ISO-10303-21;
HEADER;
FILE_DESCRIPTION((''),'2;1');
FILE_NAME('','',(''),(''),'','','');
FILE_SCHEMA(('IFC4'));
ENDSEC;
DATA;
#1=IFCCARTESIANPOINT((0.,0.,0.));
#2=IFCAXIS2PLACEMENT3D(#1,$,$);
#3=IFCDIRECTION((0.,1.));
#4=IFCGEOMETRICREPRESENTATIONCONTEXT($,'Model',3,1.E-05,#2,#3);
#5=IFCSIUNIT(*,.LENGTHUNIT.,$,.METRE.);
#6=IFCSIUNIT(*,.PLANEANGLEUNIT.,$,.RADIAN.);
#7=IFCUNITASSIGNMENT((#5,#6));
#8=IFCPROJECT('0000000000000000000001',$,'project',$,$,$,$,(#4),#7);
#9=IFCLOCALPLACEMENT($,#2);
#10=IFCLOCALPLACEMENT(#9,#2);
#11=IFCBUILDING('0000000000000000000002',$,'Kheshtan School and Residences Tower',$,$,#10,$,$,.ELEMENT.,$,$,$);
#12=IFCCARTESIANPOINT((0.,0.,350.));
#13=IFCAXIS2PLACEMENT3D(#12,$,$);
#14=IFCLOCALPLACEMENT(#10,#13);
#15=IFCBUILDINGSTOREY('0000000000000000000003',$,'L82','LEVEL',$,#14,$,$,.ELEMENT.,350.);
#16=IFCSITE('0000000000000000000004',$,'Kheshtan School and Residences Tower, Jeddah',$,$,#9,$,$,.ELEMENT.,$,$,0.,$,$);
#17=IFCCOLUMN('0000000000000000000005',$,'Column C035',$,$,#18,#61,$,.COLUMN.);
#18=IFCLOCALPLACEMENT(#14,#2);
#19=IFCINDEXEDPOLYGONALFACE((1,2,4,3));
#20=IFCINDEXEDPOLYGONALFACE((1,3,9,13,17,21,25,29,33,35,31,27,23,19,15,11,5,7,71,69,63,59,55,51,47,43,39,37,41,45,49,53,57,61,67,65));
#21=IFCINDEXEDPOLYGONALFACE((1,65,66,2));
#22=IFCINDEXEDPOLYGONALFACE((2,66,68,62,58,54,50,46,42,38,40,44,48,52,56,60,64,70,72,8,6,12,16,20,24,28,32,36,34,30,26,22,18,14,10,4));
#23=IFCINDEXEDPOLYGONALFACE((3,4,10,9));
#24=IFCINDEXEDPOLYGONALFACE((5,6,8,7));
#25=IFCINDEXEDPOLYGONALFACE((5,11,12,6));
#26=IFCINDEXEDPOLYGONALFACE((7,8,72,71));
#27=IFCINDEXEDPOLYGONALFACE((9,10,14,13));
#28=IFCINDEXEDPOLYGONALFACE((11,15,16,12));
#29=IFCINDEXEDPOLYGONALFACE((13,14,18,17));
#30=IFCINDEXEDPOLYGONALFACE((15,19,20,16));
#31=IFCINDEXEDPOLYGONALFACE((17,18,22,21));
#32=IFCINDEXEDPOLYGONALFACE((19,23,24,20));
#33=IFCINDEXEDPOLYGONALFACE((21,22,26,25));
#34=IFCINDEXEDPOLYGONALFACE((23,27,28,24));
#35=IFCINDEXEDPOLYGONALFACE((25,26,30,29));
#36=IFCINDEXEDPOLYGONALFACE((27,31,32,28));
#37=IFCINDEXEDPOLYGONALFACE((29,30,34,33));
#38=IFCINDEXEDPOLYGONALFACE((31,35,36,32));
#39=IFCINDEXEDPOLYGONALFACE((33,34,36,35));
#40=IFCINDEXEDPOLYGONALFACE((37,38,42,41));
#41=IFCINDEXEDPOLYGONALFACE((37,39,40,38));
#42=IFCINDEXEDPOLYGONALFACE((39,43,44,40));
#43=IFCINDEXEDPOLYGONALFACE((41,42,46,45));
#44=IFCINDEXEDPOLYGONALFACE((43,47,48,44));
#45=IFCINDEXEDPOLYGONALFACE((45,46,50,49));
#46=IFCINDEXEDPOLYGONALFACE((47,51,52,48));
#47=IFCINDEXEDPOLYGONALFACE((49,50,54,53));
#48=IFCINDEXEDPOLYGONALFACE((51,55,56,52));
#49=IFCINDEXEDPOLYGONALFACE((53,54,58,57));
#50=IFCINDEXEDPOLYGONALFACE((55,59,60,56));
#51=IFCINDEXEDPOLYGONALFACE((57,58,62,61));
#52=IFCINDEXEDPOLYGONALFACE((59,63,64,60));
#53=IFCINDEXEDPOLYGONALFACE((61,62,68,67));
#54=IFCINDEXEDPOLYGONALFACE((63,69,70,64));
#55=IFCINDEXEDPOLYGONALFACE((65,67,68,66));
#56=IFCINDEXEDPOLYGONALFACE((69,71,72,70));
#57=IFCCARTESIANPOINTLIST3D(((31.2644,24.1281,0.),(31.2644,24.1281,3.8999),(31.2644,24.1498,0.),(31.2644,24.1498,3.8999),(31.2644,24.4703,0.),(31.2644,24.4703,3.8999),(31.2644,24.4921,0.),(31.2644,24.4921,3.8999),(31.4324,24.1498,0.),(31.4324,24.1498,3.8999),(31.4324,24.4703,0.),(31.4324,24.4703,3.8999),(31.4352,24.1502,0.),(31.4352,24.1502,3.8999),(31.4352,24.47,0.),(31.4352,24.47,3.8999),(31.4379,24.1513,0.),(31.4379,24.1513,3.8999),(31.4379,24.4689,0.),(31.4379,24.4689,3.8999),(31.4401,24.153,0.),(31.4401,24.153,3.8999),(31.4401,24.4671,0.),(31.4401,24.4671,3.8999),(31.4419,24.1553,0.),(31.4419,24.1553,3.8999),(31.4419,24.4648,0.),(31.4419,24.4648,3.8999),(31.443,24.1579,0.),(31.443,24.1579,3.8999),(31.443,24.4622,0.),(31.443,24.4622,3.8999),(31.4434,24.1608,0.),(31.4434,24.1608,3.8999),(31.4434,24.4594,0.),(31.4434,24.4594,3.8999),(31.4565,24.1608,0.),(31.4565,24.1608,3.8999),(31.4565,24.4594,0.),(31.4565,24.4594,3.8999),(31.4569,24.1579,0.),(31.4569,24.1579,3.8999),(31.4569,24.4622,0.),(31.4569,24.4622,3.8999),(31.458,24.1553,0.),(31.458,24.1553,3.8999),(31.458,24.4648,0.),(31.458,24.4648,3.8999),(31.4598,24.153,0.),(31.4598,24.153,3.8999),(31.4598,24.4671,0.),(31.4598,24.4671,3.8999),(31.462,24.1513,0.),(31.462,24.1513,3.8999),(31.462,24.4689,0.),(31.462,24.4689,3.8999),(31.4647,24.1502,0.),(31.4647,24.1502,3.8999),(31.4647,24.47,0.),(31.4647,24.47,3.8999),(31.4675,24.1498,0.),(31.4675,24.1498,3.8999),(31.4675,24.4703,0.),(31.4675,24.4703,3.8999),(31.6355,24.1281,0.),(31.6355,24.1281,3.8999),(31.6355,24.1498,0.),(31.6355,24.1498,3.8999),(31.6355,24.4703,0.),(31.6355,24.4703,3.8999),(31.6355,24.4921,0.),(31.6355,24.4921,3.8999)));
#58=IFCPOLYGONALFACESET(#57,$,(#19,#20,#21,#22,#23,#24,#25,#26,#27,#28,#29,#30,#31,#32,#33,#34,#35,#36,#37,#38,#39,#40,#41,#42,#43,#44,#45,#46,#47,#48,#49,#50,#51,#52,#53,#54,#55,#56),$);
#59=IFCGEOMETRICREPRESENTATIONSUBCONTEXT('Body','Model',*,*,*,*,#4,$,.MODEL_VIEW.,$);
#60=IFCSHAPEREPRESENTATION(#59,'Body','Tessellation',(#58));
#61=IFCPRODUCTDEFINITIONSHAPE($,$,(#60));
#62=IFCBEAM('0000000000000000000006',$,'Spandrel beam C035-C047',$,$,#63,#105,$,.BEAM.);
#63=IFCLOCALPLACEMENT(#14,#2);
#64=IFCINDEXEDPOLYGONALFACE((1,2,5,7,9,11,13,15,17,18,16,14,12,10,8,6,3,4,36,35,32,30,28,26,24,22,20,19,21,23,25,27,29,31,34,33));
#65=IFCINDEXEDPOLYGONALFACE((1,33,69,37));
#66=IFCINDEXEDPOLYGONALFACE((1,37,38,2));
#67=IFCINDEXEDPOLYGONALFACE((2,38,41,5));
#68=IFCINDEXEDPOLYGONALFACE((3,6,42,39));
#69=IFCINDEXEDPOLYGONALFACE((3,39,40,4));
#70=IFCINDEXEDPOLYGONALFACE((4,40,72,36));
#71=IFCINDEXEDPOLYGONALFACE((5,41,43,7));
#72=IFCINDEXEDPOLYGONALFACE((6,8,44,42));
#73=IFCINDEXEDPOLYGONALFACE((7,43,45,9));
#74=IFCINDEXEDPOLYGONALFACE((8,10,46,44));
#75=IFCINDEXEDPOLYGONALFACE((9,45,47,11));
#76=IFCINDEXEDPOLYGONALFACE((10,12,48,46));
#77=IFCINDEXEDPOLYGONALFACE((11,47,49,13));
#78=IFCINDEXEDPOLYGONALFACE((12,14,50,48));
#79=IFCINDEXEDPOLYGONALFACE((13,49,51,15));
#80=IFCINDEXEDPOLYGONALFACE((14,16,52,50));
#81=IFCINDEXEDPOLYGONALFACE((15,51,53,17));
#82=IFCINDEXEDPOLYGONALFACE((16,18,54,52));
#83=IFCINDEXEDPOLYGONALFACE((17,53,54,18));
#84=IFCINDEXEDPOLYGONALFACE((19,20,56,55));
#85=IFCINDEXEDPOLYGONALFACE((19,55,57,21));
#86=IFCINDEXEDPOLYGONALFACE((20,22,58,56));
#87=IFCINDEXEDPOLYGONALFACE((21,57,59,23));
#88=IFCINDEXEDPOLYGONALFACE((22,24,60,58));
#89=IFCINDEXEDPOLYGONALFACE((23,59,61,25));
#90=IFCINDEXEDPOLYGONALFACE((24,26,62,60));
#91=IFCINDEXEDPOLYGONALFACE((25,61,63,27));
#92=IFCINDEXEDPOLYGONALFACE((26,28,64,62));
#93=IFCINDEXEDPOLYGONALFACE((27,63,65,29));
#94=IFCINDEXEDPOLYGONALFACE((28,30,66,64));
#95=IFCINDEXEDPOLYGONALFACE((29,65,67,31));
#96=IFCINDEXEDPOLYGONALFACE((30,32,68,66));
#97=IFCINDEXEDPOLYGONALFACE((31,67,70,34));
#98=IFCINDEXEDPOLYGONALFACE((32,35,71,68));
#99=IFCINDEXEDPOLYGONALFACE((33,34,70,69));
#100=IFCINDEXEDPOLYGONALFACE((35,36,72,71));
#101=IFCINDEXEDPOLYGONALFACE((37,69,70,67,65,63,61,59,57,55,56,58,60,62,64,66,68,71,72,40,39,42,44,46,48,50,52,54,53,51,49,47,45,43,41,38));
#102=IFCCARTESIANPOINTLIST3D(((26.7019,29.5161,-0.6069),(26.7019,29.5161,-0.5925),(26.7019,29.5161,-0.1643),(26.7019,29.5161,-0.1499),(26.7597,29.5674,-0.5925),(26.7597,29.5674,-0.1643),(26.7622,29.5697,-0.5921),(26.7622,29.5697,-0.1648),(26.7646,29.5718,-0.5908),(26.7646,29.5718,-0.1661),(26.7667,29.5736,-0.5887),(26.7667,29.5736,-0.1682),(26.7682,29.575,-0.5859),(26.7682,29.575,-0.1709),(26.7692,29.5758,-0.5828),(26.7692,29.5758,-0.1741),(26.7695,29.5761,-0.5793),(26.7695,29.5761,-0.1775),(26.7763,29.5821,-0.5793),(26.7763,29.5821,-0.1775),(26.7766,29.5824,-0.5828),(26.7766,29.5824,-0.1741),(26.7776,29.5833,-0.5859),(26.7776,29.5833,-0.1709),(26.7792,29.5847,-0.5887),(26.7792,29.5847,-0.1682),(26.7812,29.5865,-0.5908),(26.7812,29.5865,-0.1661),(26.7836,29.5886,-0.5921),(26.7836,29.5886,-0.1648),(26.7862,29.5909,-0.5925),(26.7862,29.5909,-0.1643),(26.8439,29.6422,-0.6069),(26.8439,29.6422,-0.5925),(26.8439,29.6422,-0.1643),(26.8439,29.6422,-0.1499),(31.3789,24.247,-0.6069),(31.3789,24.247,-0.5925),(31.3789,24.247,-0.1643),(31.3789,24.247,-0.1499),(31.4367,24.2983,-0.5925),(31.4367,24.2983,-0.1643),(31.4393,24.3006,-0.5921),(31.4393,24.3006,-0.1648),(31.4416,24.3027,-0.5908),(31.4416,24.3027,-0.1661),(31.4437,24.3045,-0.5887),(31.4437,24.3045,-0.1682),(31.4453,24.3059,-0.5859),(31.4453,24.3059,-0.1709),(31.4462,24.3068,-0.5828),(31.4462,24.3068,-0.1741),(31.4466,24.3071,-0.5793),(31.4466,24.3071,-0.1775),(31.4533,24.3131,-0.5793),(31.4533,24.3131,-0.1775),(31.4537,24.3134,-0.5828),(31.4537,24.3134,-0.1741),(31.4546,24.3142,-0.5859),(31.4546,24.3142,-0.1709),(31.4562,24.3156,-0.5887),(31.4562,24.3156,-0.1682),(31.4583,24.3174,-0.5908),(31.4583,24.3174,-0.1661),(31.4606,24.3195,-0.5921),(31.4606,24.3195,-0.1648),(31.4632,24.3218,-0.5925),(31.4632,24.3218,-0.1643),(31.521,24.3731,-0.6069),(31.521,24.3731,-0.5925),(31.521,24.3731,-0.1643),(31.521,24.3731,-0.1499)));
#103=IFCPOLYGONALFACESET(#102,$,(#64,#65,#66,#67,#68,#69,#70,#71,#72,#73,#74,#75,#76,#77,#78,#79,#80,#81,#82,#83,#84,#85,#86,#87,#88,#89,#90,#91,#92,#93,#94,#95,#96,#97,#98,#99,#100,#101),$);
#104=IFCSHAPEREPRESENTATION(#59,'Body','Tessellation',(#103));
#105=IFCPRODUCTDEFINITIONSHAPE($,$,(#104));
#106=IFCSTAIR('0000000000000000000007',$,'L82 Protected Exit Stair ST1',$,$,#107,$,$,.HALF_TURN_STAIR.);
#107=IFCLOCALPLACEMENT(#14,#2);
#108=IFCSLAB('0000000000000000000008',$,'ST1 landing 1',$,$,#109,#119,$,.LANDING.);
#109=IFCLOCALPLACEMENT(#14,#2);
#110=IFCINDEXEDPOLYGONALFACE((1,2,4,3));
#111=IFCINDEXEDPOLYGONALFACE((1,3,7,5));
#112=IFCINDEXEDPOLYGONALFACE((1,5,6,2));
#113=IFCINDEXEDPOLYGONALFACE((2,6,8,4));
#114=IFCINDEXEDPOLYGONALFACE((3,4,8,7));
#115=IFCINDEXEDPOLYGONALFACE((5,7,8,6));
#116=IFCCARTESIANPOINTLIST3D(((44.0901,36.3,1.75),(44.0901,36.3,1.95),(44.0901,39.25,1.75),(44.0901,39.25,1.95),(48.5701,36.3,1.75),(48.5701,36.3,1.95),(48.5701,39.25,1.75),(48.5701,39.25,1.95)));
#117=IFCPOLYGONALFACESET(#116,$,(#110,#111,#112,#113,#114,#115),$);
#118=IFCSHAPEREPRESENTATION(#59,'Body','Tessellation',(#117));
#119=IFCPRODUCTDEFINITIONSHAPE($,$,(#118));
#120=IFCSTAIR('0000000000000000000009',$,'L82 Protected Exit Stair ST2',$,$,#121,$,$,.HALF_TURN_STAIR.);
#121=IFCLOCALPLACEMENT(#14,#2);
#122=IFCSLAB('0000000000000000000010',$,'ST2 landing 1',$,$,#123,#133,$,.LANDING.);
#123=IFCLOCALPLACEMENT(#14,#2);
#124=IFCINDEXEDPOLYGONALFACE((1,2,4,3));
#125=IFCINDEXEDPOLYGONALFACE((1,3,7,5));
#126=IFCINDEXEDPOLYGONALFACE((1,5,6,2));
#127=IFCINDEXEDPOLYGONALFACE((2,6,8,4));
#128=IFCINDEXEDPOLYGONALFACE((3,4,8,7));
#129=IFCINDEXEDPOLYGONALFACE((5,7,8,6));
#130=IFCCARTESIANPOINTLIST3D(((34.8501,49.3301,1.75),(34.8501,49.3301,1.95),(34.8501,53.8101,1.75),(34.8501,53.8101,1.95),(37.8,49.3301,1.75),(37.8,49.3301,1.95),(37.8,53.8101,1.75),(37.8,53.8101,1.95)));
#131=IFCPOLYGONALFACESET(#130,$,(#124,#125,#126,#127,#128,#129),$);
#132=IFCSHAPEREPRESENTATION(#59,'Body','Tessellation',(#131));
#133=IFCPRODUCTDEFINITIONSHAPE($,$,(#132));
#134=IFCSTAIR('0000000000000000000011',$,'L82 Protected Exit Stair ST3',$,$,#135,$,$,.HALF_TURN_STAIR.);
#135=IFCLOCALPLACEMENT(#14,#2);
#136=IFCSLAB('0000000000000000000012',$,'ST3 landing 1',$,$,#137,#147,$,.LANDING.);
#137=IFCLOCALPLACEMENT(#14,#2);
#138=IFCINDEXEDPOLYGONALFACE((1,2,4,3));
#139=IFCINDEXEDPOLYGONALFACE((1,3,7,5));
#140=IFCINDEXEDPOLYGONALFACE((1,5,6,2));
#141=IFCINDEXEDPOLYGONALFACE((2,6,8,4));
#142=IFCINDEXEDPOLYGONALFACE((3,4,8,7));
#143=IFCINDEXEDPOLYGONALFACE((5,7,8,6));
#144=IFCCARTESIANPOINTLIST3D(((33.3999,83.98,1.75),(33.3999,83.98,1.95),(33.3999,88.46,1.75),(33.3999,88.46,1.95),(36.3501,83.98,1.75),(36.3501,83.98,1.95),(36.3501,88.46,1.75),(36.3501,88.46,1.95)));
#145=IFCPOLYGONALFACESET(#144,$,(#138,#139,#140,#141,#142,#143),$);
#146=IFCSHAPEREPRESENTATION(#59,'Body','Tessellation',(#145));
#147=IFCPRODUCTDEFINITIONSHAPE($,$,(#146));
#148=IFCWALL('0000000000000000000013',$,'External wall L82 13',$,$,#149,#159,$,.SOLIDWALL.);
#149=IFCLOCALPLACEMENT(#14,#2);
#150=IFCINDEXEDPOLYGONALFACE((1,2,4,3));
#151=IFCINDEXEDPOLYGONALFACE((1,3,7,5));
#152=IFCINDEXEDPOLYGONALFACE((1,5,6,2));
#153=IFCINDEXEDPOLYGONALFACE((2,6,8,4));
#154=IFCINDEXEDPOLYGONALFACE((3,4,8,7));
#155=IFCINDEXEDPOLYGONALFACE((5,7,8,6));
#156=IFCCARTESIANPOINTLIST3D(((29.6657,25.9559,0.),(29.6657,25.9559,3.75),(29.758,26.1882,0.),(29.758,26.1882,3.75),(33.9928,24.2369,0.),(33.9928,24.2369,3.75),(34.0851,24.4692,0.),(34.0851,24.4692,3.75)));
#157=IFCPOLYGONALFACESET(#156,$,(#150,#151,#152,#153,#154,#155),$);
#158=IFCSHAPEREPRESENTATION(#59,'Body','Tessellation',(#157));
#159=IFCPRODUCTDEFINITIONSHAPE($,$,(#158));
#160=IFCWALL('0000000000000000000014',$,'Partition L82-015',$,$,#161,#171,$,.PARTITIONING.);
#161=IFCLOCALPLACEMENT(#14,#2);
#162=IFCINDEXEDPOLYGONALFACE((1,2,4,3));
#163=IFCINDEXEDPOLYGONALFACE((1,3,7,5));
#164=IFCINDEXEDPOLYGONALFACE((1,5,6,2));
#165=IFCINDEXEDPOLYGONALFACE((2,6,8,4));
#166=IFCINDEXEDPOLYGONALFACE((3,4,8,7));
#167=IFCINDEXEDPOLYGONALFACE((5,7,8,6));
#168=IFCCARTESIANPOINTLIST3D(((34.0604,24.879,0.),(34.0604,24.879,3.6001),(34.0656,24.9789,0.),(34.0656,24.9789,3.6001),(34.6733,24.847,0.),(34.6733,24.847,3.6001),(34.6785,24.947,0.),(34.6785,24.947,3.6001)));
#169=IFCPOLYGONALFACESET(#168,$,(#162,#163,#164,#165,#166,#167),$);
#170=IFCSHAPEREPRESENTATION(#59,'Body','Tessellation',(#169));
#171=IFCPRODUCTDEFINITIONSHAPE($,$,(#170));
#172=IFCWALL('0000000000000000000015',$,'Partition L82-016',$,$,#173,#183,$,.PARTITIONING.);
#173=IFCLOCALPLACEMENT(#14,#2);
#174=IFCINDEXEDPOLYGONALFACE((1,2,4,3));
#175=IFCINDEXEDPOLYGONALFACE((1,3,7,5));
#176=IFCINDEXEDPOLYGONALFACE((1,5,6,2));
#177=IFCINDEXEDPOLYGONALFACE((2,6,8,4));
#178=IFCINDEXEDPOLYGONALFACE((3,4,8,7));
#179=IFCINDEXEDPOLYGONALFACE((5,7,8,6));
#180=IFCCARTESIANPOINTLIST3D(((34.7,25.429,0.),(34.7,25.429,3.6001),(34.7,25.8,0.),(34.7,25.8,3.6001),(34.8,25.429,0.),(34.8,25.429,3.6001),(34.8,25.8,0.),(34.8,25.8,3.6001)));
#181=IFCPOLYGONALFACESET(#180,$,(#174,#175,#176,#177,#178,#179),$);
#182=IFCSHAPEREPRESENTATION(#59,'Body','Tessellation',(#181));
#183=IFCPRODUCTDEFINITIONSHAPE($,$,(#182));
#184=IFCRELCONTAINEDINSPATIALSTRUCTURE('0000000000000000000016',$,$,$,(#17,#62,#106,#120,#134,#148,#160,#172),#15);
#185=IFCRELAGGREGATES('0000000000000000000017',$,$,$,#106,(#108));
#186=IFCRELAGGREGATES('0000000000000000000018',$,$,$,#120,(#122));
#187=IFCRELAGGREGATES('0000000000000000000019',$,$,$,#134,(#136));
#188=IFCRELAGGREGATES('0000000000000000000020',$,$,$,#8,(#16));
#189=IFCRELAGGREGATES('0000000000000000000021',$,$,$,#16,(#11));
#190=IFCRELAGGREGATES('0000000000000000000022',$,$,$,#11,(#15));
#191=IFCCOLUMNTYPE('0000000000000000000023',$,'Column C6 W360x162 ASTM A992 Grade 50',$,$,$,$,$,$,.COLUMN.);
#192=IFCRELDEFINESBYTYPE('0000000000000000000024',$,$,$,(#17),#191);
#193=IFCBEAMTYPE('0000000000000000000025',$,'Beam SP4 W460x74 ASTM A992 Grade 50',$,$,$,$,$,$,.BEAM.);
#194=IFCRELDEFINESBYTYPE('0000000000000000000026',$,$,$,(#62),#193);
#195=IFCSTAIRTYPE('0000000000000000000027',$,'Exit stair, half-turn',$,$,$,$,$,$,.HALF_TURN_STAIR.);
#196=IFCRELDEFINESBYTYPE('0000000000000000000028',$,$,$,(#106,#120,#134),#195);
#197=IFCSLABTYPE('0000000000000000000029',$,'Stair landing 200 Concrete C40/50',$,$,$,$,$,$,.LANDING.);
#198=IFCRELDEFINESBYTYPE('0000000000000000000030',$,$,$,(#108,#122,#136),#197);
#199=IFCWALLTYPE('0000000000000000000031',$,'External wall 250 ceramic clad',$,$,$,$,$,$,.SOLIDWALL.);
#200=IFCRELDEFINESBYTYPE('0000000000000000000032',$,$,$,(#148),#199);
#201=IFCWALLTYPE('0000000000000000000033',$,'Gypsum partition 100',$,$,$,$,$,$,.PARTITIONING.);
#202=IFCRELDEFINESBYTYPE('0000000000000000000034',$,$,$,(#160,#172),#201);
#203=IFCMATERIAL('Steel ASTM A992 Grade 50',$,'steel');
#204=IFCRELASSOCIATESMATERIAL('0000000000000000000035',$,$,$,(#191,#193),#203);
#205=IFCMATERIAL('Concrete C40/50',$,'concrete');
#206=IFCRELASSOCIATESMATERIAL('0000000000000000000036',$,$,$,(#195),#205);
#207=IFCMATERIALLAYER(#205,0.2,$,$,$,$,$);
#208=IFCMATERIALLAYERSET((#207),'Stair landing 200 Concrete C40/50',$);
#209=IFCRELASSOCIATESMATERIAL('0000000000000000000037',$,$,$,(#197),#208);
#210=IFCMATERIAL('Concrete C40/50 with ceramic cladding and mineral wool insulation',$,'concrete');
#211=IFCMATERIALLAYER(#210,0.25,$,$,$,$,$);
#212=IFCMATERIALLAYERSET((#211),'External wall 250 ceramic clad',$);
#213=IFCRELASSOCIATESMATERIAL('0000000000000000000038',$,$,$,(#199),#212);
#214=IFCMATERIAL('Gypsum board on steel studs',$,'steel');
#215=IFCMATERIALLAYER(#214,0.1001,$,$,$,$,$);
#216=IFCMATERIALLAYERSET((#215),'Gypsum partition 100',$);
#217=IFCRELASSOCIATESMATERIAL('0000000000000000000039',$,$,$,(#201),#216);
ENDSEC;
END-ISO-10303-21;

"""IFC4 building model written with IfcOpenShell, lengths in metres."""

from ifc_helpers import new_model, si_unit, direction, frame, frame_2d, origin, origin_2d, place, context, subcontext, project, spatial, polyline, rectangle, i_section, outline, extrude, material, layer, layer_set, material_profile, profile_set, type_object, element, aggregate, save


model = new_model("IFC4")

# Units and contexts
model_context = context("Model", 3, precision=1e-05, world=origin(), true_north=direction((0.0, 1.0)))
body_context = subcontext(model_context, "Body", "Model", "MODEL_VIEW")
ifc_project = project(units=[si_unit("LENGTHUNIT", "METRE"), si_unit("PLANEANGLEUNIT", "RADIAN")], contexts=[model_context])

# Site, building, storey
site_placement = place(None, origin())
site = spatial("IfcSite", under=ifc_project, at=site_placement, Name="Kheshtan School and Residences Tower, Jeddah", CompositionType="ELEMENT", RefElevation=0.0)
building_placement = place(site_placement, origin())
building = spatial("IfcBuilding", under=site, at=building_placement, Name="Kheshtan School and Residences Tower", CompositionType="ELEMENT")
storey_placement = place(building_placement, frame((0.0, 0.0, 350.0)))
storey = spatial("IfcBuildingStorey", under=building, at=storey_placement, Name="L82", Description="LEVEL", CompositionType="ELEMENT", Elevation=350.0)

# Column
ifc_material_1 = material(Name="Steel ASTM A992 Grade 50", Category="steel")
ifc_material_profile_1 = material_profile(ifc_material_1, i_section(OverallWidth=0.3711, OverallDepth=0.364, WebThickness=0.0132, FlangeThickness=0.0217, FilletRadius=0.011, at=origin_2d()), Name="W360x162")
ifc_profile_set_1 = profile_set([ifc_material_profile_1], Name="Steel ASTM A992 Grade 50")
column_type = type_object("IfcColumnType", Name="Column C6 W360x162 ASTM A992 Grade 50", PredefinedType="COLUMN", material=ifc_profile_set_1)
column_placement = place(storey_placement, frame((31.45, 24.3101, 0.0), z_axis=(0.0, 0.0, 1.0), x_axis=(1.0, 0.0, 0.0)))
element("IfcColumn", 1, at=column_placement, inside=storey, type_object=column_type, Name="Column C035", PredefinedType="COLUMN", context=body_context, shape_type="SweptSolid", body=[
    extrude(i_section(OverallWidth=0.3711, OverallDepth=0.364, WebThickness=0.0132, FlangeThickness=0.0217, FilletRadius=0.011, at=origin_2d()), origin(), (0.0, 0.0, 1.0), 3.8999),
])

# Beam
ifc_material_profile_2 = material_profile(ifc_material_1, i_section(OverallWidth=0.1899, OverallDepth=0.457, WebThickness=0.009, FlangeThickness=0.0144, FilletRadius=0.0132, at=origin_2d()), Name="W460x74")
ifc_profile_set_2 = profile_set([ifc_material_profile_2], Name="Steel ASTM A992 Grade 50")
beam_type = type_object("IfcBeamType", Name="Beam SP4 W460x74 ASTM A992 Grade 50", PredefinedType="BEAM", material=ifc_profile_set_2)
beam_placement = place(storey_placement, frame((31.45, 24.3101, -0.3784), z_axis=(-0.663841, 0.747874, 0.0), x_axis=(-0.747874, -0.663841, 0.0)))
element("IfcBeam", 2, at=beam_placement, inside=storey, type_object=beam_type, Name="Spandrel beam C035-C047", PredefinedType="BEAM", context=body_context, shape_type="SweptSolid", body=[
    extrude(i_section(OverallWidth=0.1899, OverallDepth=0.457, WebThickness=0.009, FlangeThickness=0.0144, FilletRadius=0.0132, at=origin_2d()), origin(), (0.0, 0.0, 1.0), 7.0454),
])

# Shared definitions
ifc_material_2 = material(Name="Concrete C40/50", Category="concrete")

# Stairs, slabs
stair_type = type_object("IfcStairType", Name="Exit stair, half-turn", PredefinedType="HALF_TURN_STAIR", material=ifc_material_2)
stair_1_placement = place(storey_placement, origin())
stair_1 = element("IfcStair", 3, at=stair_1_placement, inside=storey, type_object=stair_type, Name="L82 Protected Exit Stair ST1", PredefinedType="HALF_TURN_STAIR")
ifc_layer_1 = layer(ifc_material_2, 0.2)
ifc_layer_set_1 = layer_set([ifc_layer_1], Name="Stair landing 200 Concrete C40/50")
slab_type_1 = type_object("IfcSlabType", Name="Stair landing 200 Concrete C40/50", PredefinedType="LANDING", material=ifc_layer_set_1)
slab_1_placement = place(storey_placement, frame((0.0, 0.0, 1.75)))
slab_1 = element("IfcSlab", 4, at=slab_1_placement, type_object=slab_type_1, Name="ST1 landing 1", PredefinedType="LANDING", context=body_context, shape_type="SweptSolid", body=[
    extrude(outline(polyline([(48.5701, 39.25), (44.0901, 39.25), (44.0901, 36.3), (48.5701, 36.3), (48.5701, 39.25)])), origin(), (0.0, 0.0, 1.0), 0.2),
])
aggregate(stair_1, [slab_1])
stair_2_placement = place(storey_placement, origin())
stair_2 = element("IfcStair", 5, at=stair_2_placement, inside=storey, type_object=stair_type, Name="L82 Protected Exit Stair ST2", PredefinedType="HALF_TURN_STAIR")
slab_2_placement = place(storey_placement, frame((0.0, 0.0, 1.75)))
slab_2 = element("IfcSlab", 6, at=slab_2_placement, type_object=slab_type_1, Name="ST2 landing 1", PredefinedType="LANDING", context=body_context, shape_type="SweptSolid", body=[
    extrude(outline(polyline([(37.8, 49.3301), (37.8, 53.8101), (34.8501, 53.8101), (34.8501, 49.3301), (37.8, 49.3301)])), origin(), (0.0, 0.0, 1.0), 0.2),
])
aggregate(stair_2, [slab_2])
stair_3_placement = place(storey_placement, origin())
stair_3 = element("IfcStair", 7, at=stair_3_placement, inside=storey, type_object=stair_type, Name="L82 Protected Exit Stair ST3", PredefinedType="HALF_TURN_STAIR")
slab_3_placement = place(storey_placement, frame((0.0, 0.0, 1.75)))
slab_3 = element("IfcSlab", 8, at=slab_3_placement, type_object=slab_type_1, Name="ST3 landing 1", PredefinedType="LANDING", context=body_context, shape_type="SweptSolid", body=[
    extrude(outline(polyline([(36.3501, 83.98), (36.3501, 88.46), (33.3999, 88.46), (33.3999, 83.98), (36.3501, 83.98)])), origin(), (0.0, 0.0, 1.0), 0.2),
])
aggregate(stair_3, [slab_3])

# Walls
ifc_material_3 = material(Name="Concrete C40/50 with ceramic cladding and mineral wool insulation", Category="concrete")
ifc_layer_2 = layer(ifc_material_3, 0.25)
ifc_layer_set_2 = layer_set([ifc_layer_2], Name="External wall 250 ceramic clad")
wall_type_1 = type_object("IfcWallType", Name="External wall 250 ceramic clad", PredefinedType="SOLIDWALL", material=ifc_layer_set_2)
wall_1_placement = place(storey_placement, frame((34.0391, 24.353, 0.0), z_axis=(0.0, 0.0, 1.0), x_axis=(-0.929353, 0.369193, 0.0)))
element("IfcWall", 9, at=wall_1_placement, inside=storey, type_object=wall_type_1, Name="External wall L82 13", PredefinedType="SOLIDWALL", context=body_context, shape_type="SweptSolid", body=[
    extrude(rectangle(XDim=4.656, YDim=0.25, at=frame_2d((2.3281, 0.0))), origin(), (0.0, 0.0, 1.0), 3.75),
])
ifc_material_4 = material(Name="Gypsum board on steel studs", Category="steel")
ifc_layer_3 = layer(ifc_material_4, 0.1001)
ifc_layer_set_3 = layer_set([ifc_layer_3], Name="Gypsum partition 100")
wall_type_2 = type_object("IfcWallType", Name="Gypsum partition 100", PredefinedType="PARTITIONING", material=ifc_layer_set_3)
wall_2_placement = place(storey_placement, frame((34.063, 24.929, 0.0), z_axis=(0.0, 0.0, 1.0), x_axis=(0.998642, -0.0521, 0.0)))
element("IfcWall", 10, at=wall_2_placement, inside=storey, type_object=wall_type_2, Name="Partition L82-015", PredefinedType="PARTITIONING", context=body_context, shape_type="SweptSolid", body=[
    extrude(rectangle(XDim=0.6138, YDim=0.1001, at=frame_2d((0.3069, 0.0))), origin(), (0.0, 0.0, 1.0), 3.6001),
])
wall_3_placement = place(storey_placement, frame((34.75, 25.429, 0.0), z_axis=(0.0, 0.0, 1.0), x_axis=(0.0, 1.0, 0.0)))
element("IfcWall", 11, at=wall_3_placement, inside=storey, type_object=wall_type_2, Name="Partition L82-016", PredefinedType="PARTITIONING", context=body_context, shape_type="SweptSolid", body=[
    extrude(rectangle(XDim=0.3711, YDim=0.1001, at=frame_2d((0.1855, 0.0))), origin(), (0.0, 0.0, 1.0), 3.6001),
])

save(model, "model.ifc")
